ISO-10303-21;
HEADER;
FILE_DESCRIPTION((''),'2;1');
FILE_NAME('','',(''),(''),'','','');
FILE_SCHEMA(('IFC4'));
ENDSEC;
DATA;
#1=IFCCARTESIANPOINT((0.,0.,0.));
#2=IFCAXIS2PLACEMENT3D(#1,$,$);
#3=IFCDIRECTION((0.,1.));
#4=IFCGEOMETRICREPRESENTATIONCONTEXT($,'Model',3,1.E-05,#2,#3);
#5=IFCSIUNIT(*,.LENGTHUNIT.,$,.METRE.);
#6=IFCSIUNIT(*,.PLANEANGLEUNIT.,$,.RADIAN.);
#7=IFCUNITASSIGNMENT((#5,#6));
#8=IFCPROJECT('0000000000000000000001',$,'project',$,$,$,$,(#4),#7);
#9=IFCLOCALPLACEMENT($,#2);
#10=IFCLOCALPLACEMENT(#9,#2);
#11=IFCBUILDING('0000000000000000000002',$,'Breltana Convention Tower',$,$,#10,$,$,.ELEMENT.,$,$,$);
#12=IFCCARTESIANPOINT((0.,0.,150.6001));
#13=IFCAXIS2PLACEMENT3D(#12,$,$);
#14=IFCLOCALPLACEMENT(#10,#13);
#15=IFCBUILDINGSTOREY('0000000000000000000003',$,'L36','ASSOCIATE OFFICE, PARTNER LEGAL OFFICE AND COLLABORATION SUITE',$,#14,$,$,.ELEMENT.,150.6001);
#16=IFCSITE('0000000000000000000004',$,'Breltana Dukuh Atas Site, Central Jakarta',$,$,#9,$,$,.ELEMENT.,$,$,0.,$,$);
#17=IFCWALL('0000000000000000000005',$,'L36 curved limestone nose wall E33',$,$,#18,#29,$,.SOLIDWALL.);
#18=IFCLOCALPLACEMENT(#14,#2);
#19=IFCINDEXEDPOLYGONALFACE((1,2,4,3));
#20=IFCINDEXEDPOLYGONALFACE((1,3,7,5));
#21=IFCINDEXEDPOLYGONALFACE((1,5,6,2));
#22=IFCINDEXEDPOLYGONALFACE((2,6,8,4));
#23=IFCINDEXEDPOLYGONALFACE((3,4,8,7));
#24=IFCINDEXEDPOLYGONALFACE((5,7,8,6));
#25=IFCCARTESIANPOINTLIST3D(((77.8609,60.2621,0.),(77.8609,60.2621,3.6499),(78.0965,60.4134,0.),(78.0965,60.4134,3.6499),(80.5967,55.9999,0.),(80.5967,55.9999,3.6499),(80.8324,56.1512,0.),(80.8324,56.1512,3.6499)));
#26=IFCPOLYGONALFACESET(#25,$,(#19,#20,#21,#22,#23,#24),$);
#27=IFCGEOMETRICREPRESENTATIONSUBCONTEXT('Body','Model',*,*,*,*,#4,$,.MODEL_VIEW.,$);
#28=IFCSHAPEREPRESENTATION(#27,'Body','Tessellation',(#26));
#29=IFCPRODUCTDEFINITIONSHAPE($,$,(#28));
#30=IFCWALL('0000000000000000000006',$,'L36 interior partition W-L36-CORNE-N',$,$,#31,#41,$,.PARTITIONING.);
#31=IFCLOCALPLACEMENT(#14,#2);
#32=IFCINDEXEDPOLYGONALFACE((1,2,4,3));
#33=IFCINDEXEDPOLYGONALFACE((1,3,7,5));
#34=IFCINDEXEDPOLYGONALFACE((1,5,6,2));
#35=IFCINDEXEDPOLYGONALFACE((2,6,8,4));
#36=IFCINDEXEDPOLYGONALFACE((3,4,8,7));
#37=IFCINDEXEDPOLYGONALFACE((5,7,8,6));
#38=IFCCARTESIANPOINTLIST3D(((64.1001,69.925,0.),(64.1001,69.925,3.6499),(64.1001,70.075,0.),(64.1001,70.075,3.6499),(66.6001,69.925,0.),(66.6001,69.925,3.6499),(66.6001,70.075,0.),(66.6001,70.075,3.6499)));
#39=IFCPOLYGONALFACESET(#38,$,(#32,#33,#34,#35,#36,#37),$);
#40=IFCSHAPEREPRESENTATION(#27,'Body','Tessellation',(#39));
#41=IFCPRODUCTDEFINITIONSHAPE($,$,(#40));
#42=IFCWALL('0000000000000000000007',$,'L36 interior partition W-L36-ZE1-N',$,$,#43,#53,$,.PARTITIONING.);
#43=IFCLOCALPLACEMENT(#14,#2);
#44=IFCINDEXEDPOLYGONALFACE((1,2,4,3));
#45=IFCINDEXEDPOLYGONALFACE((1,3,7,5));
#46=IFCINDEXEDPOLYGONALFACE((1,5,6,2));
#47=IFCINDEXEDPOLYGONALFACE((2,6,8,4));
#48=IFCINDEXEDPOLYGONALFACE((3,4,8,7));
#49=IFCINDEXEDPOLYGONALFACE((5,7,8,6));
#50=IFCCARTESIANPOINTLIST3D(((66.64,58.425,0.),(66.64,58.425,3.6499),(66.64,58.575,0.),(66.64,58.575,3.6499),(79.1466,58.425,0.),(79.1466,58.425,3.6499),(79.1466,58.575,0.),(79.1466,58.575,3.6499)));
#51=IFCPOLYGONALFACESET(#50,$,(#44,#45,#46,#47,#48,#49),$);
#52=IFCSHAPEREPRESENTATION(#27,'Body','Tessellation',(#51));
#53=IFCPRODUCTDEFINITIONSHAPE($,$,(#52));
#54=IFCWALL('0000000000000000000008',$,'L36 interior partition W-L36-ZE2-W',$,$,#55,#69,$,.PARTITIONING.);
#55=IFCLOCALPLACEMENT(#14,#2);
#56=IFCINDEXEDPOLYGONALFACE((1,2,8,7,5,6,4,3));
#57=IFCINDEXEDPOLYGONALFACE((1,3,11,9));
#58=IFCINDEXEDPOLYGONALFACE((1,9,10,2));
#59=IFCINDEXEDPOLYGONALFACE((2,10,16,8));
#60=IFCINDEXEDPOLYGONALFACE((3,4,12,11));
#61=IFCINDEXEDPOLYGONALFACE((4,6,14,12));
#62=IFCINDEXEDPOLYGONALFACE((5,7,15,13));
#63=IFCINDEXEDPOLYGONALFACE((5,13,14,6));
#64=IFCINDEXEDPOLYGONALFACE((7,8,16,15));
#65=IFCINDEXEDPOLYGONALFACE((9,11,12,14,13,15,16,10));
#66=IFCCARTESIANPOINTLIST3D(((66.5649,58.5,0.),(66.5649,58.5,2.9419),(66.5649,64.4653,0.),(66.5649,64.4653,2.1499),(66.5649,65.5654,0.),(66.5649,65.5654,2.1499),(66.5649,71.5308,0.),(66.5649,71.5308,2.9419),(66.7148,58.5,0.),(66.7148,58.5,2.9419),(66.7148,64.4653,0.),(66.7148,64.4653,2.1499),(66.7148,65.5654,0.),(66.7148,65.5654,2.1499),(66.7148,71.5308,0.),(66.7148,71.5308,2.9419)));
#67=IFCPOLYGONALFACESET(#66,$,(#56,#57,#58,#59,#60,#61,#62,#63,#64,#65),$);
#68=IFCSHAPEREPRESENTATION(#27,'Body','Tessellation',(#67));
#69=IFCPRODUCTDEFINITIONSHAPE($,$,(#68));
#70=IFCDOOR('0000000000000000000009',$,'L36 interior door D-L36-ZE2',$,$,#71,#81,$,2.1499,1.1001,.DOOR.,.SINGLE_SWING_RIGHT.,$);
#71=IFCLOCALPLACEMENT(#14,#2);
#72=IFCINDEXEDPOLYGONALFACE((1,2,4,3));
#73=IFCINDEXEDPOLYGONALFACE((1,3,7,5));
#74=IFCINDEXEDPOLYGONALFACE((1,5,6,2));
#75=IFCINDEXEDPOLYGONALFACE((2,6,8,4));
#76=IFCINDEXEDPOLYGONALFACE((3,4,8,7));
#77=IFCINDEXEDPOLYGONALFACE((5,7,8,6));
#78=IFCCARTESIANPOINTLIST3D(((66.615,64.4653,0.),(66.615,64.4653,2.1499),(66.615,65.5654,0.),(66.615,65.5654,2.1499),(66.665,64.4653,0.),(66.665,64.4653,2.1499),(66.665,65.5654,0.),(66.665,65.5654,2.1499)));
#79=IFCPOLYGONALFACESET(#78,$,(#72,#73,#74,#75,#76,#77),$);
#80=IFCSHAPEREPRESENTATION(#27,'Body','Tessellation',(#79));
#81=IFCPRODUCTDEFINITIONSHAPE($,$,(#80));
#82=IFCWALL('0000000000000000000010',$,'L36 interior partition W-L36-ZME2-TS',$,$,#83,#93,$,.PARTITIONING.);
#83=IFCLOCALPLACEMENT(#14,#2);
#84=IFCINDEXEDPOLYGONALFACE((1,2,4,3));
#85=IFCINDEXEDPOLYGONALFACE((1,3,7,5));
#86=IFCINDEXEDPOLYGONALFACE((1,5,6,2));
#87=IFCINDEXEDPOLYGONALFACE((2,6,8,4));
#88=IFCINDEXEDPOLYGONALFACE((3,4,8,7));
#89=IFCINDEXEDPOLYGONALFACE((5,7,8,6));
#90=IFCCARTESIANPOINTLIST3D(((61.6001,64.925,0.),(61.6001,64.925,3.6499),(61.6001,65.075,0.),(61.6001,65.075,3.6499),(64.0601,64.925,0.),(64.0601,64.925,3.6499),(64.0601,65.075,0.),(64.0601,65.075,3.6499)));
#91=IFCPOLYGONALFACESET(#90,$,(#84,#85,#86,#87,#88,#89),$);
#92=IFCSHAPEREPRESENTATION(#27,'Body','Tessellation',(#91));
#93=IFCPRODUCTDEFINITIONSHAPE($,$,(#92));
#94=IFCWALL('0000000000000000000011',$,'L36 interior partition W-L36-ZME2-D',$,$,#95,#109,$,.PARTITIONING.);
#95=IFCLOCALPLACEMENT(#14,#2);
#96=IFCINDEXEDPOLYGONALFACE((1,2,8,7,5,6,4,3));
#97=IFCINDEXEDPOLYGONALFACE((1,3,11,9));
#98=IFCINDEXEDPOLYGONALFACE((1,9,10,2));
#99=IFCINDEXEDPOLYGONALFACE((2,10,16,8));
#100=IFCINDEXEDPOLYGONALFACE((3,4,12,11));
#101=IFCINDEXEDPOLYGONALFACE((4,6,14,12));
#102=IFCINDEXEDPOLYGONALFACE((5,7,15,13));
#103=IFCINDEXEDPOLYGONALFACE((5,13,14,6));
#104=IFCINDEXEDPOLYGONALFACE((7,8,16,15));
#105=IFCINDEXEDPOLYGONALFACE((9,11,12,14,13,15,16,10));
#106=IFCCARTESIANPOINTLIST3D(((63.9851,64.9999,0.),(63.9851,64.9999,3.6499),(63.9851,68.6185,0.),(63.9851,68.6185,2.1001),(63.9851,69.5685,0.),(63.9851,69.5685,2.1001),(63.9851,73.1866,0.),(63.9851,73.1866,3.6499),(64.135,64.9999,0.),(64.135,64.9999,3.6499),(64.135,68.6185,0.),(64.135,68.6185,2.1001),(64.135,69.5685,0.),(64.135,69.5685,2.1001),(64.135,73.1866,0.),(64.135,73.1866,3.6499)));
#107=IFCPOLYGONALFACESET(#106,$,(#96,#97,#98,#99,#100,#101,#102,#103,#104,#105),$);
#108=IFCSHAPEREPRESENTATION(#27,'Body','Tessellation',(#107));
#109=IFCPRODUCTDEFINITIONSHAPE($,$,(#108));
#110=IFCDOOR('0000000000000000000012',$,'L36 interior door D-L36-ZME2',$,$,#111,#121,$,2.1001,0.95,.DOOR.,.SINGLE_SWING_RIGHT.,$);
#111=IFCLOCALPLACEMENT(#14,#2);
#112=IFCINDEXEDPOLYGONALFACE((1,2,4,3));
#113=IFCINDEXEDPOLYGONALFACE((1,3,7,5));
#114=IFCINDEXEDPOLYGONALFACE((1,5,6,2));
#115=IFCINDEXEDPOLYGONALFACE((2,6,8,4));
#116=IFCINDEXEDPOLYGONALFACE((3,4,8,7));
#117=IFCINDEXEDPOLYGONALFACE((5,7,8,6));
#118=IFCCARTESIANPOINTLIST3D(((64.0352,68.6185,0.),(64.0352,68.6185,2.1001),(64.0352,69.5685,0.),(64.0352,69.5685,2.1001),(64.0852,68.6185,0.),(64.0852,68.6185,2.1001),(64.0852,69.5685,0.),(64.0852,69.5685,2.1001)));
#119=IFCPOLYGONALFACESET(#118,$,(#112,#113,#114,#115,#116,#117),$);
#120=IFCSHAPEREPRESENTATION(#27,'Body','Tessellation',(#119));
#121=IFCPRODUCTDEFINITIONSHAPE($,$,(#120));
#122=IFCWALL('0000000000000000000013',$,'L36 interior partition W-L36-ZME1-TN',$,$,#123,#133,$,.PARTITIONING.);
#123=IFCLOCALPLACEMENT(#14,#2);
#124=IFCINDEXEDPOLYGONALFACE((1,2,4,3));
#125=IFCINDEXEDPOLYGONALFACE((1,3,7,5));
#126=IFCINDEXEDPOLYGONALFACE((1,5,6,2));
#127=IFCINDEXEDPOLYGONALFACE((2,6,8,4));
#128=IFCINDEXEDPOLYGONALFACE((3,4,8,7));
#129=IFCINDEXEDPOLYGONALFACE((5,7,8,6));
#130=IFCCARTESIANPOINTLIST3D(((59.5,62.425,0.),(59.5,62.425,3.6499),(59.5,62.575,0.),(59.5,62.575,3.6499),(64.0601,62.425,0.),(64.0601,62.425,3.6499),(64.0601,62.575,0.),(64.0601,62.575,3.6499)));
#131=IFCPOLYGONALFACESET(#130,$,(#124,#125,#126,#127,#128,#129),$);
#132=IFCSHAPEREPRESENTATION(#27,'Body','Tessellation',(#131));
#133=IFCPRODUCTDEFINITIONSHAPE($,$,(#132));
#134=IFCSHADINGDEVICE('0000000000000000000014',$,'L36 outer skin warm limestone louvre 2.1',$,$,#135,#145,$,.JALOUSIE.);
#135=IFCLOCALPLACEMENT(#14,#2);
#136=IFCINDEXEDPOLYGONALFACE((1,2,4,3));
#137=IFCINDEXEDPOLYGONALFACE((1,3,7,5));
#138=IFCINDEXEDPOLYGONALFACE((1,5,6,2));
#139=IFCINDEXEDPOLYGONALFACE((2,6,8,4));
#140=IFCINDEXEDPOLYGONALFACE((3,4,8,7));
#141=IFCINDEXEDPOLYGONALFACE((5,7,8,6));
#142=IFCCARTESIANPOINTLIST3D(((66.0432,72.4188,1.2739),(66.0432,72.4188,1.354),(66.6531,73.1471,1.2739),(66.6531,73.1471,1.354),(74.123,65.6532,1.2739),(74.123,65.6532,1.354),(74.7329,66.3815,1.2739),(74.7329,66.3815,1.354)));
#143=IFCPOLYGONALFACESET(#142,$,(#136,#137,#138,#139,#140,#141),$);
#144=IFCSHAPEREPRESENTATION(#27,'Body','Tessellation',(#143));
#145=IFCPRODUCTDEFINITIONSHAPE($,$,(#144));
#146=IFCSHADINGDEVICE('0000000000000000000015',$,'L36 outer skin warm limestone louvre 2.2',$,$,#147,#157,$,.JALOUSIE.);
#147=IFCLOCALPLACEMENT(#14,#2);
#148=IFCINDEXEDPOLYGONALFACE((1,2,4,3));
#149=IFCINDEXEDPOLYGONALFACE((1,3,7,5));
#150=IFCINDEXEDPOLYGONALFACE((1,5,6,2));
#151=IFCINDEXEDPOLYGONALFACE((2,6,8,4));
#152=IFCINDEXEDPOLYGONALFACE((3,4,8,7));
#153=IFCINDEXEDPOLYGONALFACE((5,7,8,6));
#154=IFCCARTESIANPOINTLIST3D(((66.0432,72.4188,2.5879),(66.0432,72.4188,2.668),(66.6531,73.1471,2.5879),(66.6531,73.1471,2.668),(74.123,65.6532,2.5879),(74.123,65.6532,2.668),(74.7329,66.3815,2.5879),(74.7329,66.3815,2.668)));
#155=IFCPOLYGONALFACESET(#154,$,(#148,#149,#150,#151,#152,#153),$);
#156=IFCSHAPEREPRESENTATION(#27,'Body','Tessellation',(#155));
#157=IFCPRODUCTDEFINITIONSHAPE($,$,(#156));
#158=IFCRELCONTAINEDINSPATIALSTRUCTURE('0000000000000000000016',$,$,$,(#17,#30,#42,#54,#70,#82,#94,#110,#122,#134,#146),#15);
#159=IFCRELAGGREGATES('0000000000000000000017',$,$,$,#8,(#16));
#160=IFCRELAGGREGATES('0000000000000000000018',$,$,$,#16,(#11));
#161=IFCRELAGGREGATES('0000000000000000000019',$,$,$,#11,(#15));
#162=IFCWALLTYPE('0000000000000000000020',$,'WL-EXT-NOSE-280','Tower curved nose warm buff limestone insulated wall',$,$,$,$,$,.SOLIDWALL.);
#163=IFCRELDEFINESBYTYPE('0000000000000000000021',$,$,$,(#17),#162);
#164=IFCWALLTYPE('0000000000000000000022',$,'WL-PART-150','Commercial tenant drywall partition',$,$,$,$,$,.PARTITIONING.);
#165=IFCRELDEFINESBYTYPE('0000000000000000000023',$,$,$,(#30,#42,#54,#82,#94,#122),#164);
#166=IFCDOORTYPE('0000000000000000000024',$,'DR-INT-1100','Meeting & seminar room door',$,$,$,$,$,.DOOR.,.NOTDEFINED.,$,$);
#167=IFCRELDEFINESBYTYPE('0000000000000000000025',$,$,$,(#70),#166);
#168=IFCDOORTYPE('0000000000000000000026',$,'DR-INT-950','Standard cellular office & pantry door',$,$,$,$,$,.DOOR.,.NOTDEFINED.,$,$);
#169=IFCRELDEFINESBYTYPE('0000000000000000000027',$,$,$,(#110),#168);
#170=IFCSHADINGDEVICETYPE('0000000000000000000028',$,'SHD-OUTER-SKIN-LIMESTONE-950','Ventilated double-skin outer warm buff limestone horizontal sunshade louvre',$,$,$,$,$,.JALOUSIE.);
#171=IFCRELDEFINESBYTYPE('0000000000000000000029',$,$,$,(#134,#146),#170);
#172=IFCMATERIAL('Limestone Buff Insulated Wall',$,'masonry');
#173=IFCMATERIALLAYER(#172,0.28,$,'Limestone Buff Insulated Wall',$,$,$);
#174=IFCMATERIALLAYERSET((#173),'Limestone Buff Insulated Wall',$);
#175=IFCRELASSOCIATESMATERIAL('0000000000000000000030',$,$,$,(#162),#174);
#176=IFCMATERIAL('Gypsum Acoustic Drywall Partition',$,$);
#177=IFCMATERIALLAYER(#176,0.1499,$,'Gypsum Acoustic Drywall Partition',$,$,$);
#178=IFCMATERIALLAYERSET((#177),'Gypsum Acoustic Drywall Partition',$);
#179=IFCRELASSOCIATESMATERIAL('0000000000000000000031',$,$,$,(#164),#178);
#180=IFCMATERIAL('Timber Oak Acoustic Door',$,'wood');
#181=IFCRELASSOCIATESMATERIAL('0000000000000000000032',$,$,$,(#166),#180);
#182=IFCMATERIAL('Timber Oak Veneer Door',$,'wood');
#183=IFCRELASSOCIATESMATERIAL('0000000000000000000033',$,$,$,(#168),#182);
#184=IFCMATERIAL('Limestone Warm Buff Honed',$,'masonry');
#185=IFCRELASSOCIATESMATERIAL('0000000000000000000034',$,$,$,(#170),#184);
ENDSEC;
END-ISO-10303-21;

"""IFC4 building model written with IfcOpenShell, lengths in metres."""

from ifc_helpers import new_model, si_unit, direction, frame, frame_2d, origin, origin_2d, place, context, subcontext, project, spatial, rectangle, extrude, source, transform, mapped, material, layer, layer_set, material_profile, profile_set, type_object, type_shapes, element, fill, save


model = new_model("IFC4")

# Units and contexts
model_context = context("Model", 3, precision=1e-05, world=origin(), true_north=direction((0.0, 1.0)))
body_context = subcontext(model_context, "Body", "Model", "MODEL_VIEW")
ifc_project = project(units=[si_unit("LENGTHUNIT", "METRE"), si_unit("PLANEANGLEUNIT", "RADIAN")], contexts=[model_context])

# Site, building, storey
site_placement = place(None, origin())
site = spatial("IfcSite", under=ifc_project, at=site_placement, Name="Breltana Dukuh Atas Site, Central Jakarta", CompositionType="ELEMENT", RefElevation=0.0)
building_placement = place(site_placement, origin())
building = spatial("IfcBuilding", under=site, at=building_placement, Name="Breltana Convention Tower", CompositionType="ELEMENT")
storey_placement = place(building_placement, frame((0.0, 0.0, 150.6001)))
storey = spatial("IfcBuildingStorey", under=building, at=storey_placement, Name="L36", Description="ASSOCIATE OFFICE, PARTNER LEGAL OFFICE AND COLLABORATION SUITE", CompositionType="ELEMENT", Elevation=150.6001)

# Walls
ifc_material_1 = material(Name="Limestone Buff Insulated Wall", Category="masonry")
ifc_layer_1 = layer(ifc_material_1, 0.28, Name="Limestone Buff Insulated Wall")
ifc_layer_set_1 = layer_set([ifc_layer_1], Name="Limestone Buff Insulated Wall")
wall_type_1 = type_object("IfcWallType", Name="WL-EXT-NOSE-280", Description="Tower curved nose warm buff limestone insulated wall", PredefinedType="SOLIDWALL", material=ifc_layer_set_1)
shared_shape_1 = source(origin(), body_context, "Body", "SweptSolid", [
    extrude(rectangle(XDim=5.0647, YDim=0.28, at=frame_2d((2.5322, 0.0))), origin(), (0.0, 0.0, 1.0), 3.6499),
])
wall_1_placement = place(storey_placement, frame((77.9788, 60.3376, 0.0), z_axis=(0.0, 0.0, 1.0), x_axis=(0.540178, -0.841551, 0.0)))
element("IfcWall", 1, at=wall_1_placement, inside=storey, type_object=wall_type_1, Name="L36 curved limestone nose wall E33", PredefinedType="SOLIDWALL", context=body_context, shape_type="MappedRepresentation", body=[
    mapped(shared_shape_1, transform((0.0, 0.0, 0.0), scale=1.0)),
])
ifc_material_2 = material(Name="Gypsum Acoustic Drywall Partition")
ifc_layer_2 = layer(ifc_material_2, 0.1499, Name="Gypsum Acoustic Drywall Partition")
ifc_layer_set_2 = layer_set([ifc_layer_2], Name="Gypsum Acoustic Drywall Partition")
wall_type_2 = type_object("IfcWallType", Name="WL-PART-150", Description="Commercial tenant drywall partition", PredefinedType="PARTITIONING", material=ifc_layer_set_2)
shared_shape_2 = source(origin(), body_context, "Body", "SweptSolid", [
    extrude(rectangle(XDim=2.5, YDim=0.1499, at=frame_2d((1.25, 0.0))), origin(), (0.0, 0.0, 1.0), 3.6499),
])
wall_2_placement = place(storey_placement, frame((64.1001, 70.0, 0.0), z_axis=(0.0, 0.0, 1.0), x_axis=(1.0, 0.0, 0.0)))
element("IfcWall", 2, at=wall_2_placement, inside=storey, type_object=wall_type_2, Name="L36 interior partition W-L36-CORNE-N", PredefinedType="PARTITIONING", context=body_context, shape_type="MappedRepresentation", body=[
    mapped(shared_shape_2, transform((0.0, 0.0, 0.0), scale=1.0)),
])
shared_shape_3 = source(origin(), body_context, "Body", "SweptSolid", [
    extrude(rectangle(XDim=12.5066, YDim=0.1499, at=frame_2d((6.2534, 0.0))), origin(), (0.0, 0.0, 1.0), 3.6499),
])
wall_3_placement = place(storey_placement, frame((66.6399, 58.5, 0.0), z_axis=(0.0, 0.0, 1.0), x_axis=(1.0, 0.0, 0.0)))
element("IfcWall", 3, at=wall_3_placement, inside=storey, type_object=wall_type_2, Name="L36 interior partition W-L36-ZE1-N", PredefinedType="PARTITIONING", context=body_context, shape_type="MappedRepresentation", body=[
    mapped(shared_shape_3, transform((0.0, 0.0, 0.0), scale=1.0)),
])

# Wall, opening, door
shared_shape_4 = source(origin(), body_context, "Body", "SweptSolid", [
    extrude(rectangle(XDim=13.0308, YDim=0.1499, at=frame_2d((6.5154, 0.0))), origin(), (0.0, 0.0, 1.0), 2.9419),
])
wall_4_placement = place(storey_placement, frame((66.6399, 58.5, 0.0), z_axis=(0.0, 0.0, 1.0), x_axis=(0.0, 1.0, 0.0)))
wall_4 = element("IfcWall", 4, at=wall_4_placement, inside=storey, type_object=wall_type_2, Name="L36 interior partition W-L36-ZE2-W", PredefinedType="PARTITIONING", context=body_context, shape_type="MappedRepresentation", body=[
    mapped(shared_shape_4, transform((0.0, 0.0, 0.0), scale=1.0)),
])
opening_1_placement = place(wall_4_placement, frame((5.9653, 0.0, 0.0)))
opening_1 = element("IfcOpeningElement", 5, at=opening_1_placement, cuts=wall_4, PredefinedType="OPENING", context=body_context, shape_type="SweptSolid", body=[
    extrude(rectangle(XDim=1.1001, YDim=2.1499, at=frame_2d((0.55, 1.075))), frame((0.0, 0.085, 0.0), z_axis=(0.0, -1.0, 0.0), x_axis=(1.0, 0.0, 0.0)), (0.0, 0.0, 1.0), 0.1699),
])
ifc_material_3 = material(Name="Timber Oak Acoustic Door", Category="wood")
door_type_1 = type_object("IfcDoorType", Name="DR-INT-1100", Description="Meeting & seminar room door", OperationType="NOTDEFINED", PredefinedType="DOOR", material=ifc_material_3)
shared_shape_5 = source(origin(), body_context, "Body", "SweptSolid", [
    extrude(rectangle(XDim=1.1001, YDim=2.1499, at=frame_2d((0.55, 1.075))), frame((0.0, 0.0249, 0.0), z_axis=(0.0, -1.0, 0.0), x_axis=(1.0, 0.0, 0.0)), (0.0, 0.0, 1.0), 0.05),
])
type_shapes(door_type_1, [shared_shape_5])
door_1_placement = place(opening_1_placement, origin())
door_1 = element("IfcDoor", 6, at=door_1_placement, inside=storey, type_object=door_type_1, Name="L36 interior door D-L36-ZE2", OperationType="SINGLE_SWING_RIGHT", OverallHeight=2.1499, OverallWidth=1.1001, PredefinedType="DOOR", context=body_context, shape_type="MappedRepresentation", body=[
    mapped(shared_shape_5, transform((0.0, 0.0, 0.0), scale=1.0)),
])
fill(opening_1, door_1)

# Wall
shared_shape_6 = source(origin(), body_context, "Body", "SweptSolid", [
    extrude(rectangle(XDim=2.46, YDim=0.1499, at=frame_2d((1.23, 0.0))), origin(), (0.0, 0.0, 1.0), 3.6499),
])
wall_5_placement = place(storey_placement, frame((61.6001, 65.0, 0.0), z_axis=(0.0, 0.0, 1.0), x_axis=(1.0, 0.0, 0.0)))
element("IfcWall", 7, at=wall_5_placement, inside=storey, type_object=wall_type_2, Name="L36 interior partition W-L36-ZME2-TS", PredefinedType="PARTITIONING", context=body_context, shape_type="MappedRepresentation", body=[
    mapped(shared_shape_6, transform((0.0, 0.0, 0.0), scale=1.0)),
])

# Wall, opening, door
shared_shape_7 = source(origin(), body_context, "Body", "SweptSolid", [
    extrude(rectangle(XDim=8.1868, YDim=0.1499, at=frame_2d((4.0933, 0.0))), origin(), (0.0, 0.0, 1.0), 3.6499),
])
wall_6_placement = place(storey_placement, frame((64.0601, 65.0, 0.0), z_axis=(0.0, 0.0, 1.0), x_axis=(0.0, 1.0, 0.0)))
wall_6 = element("IfcWall", 8, at=wall_6_placement, inside=storey, type_object=wall_type_2, Name="L36 interior partition W-L36-ZME2-D", PredefinedType="PARTITIONING", context=body_context, shape_type="MappedRepresentation", body=[
    mapped(shared_shape_7, transform((0.0, 0.0, 0.0), scale=1.0)),
])
opening_2_placement = place(wall_6_placement, frame((3.6184, 0.0, 0.0)))
opening_2 = element("IfcOpeningElement", 9, at=opening_2_placement, cuts=wall_6, PredefinedType="OPENING", context=body_context, shape_type="SweptSolid", body=[
    extrude(rectangle(XDim=0.95, YDim=2.1001, at=frame_2d((0.4751, 1.05))), frame((0.0, 0.085, 0.0), z_axis=(0.0, -1.0, 0.0), x_axis=(1.0, 0.0, 0.0)), (0.0, 0.0, 1.0), 0.1699),
])
ifc_material_4 = material(Name="Timber Oak Veneer Door", Category="wood")
door_type_2 = type_object("IfcDoorType", Name="DR-INT-950", Description="Standard cellular office & pantry door", OperationType="NOTDEFINED", PredefinedType="DOOR", material=ifc_material_4)
shared_shape_8 = source(origin(), body_context, "Body", "SweptSolid", [
    extrude(rectangle(XDim=0.95, YDim=2.1001, at=frame_2d((0.4751, 1.05))), frame((0.0, 0.0249, 0.0), z_axis=(0.0, -1.0, 0.0), x_axis=(1.0, 0.0, 0.0)), (0.0, 0.0, 1.0), 0.05),
])
type_shapes(door_type_2, [shared_shape_8])
door_2_placement = place(opening_2_placement, origin())
door_2 = element("IfcDoor", 10, at=door_2_placement, inside=storey, type_object=door_type_2, Name="L36 interior door D-L36-ZME2", OperationType="SINGLE_SWING_RIGHT", OverallHeight=2.1001, OverallWidth=0.95, PredefinedType="DOOR", context=body_context, shape_type="MappedRepresentation", body=[
    mapped(shared_shape_8, transform((0.0, 0.0, 0.0), scale=1.0)),
])
fill(opening_2, door_2)

# Wall
shared_shape_9 = source(origin(), body_context, "Body", "SweptSolid", [
    extrude(rectangle(XDim=4.5601, YDim=0.1499, at=frame_2d((2.28, 0.0))), origin(), (0.0, 0.0, 1.0), 3.6499),
])
wall_7_placement = place(storey_placement, frame((59.5, 62.5, 0.0), z_axis=(0.0, 0.0, 1.0), x_axis=(1.0, 0.0, 0.0)))
element("IfcWall", 11, at=wall_7_placement, inside=storey, type_object=wall_type_2, Name="L36 interior partition W-L36-ZME1-TN", PredefinedType="PARTITIONING", context=body_context, shape_type="MappedRepresentation", body=[
    mapped(shared_shape_9, transform((0.0, 0.0, 0.0), scale=1.0)),
])

# Shading devices
ifc_material_5 = material(Name="Limestone Warm Buff Honed", Category="masonry")
ifc_material_profile_1 = material_profile(ifc_material_5, rectangle(XDim=0.95, YDim=0.0801, at=origin_2d()), Name="STN-LVR-950X80")
ifc_profile_set_1 = profile_set([ifc_material_profile_1], Name="Limestone Warm Buff Honed")
shading_device_type = type_object("IfcShadingDeviceType", Name="SHD-OUTER-SKIN-LIMESTONE-950", Description="Ventilated double-skin outer warm buff limestone horizontal sunshade louvre", PredefinedType="JALOUSIE", material=ifc_profile_set_1)
shared_shape_10 = source(origin(), body_context, "Body", "SweptSolid", [
    extrude(rectangle(XDim=0.95, YDim=0.0801, at=origin_2d()), origin(), (0.0, 0.0, 1.0), 10.5383),
])
for number, where, z_axis, x_axis, name in (
    (12, (66.3481, 72.783, 1.314), (0.766706, -0.641999, 0.0), (0.641999, 0.766706, 0.0), "L36 outer skin warm limestone louvre 2.1"),
    (13, (66.3481, 72.783, 2.6279), (0.766706, -0.641999, 0.0), (0.641999, 0.766706, 0.0), "L36 outer skin warm limestone louvre 2.2"),
):
    element("IfcShadingDevice", number, at=place(storey_placement, frame(where, z_axis=z_axis, x_axis=x_axis)), inside=storey, type_object=shading_device_type, Name=name, PredefinedType="JALOUSIE", context=body_context, shape_type="MappedRepresentation", body=[
        mapped(shared_shape_10, transform((0.0, 0.0, 0.0), scale=1.0)),
    ])

save(model, "model.ifc")
